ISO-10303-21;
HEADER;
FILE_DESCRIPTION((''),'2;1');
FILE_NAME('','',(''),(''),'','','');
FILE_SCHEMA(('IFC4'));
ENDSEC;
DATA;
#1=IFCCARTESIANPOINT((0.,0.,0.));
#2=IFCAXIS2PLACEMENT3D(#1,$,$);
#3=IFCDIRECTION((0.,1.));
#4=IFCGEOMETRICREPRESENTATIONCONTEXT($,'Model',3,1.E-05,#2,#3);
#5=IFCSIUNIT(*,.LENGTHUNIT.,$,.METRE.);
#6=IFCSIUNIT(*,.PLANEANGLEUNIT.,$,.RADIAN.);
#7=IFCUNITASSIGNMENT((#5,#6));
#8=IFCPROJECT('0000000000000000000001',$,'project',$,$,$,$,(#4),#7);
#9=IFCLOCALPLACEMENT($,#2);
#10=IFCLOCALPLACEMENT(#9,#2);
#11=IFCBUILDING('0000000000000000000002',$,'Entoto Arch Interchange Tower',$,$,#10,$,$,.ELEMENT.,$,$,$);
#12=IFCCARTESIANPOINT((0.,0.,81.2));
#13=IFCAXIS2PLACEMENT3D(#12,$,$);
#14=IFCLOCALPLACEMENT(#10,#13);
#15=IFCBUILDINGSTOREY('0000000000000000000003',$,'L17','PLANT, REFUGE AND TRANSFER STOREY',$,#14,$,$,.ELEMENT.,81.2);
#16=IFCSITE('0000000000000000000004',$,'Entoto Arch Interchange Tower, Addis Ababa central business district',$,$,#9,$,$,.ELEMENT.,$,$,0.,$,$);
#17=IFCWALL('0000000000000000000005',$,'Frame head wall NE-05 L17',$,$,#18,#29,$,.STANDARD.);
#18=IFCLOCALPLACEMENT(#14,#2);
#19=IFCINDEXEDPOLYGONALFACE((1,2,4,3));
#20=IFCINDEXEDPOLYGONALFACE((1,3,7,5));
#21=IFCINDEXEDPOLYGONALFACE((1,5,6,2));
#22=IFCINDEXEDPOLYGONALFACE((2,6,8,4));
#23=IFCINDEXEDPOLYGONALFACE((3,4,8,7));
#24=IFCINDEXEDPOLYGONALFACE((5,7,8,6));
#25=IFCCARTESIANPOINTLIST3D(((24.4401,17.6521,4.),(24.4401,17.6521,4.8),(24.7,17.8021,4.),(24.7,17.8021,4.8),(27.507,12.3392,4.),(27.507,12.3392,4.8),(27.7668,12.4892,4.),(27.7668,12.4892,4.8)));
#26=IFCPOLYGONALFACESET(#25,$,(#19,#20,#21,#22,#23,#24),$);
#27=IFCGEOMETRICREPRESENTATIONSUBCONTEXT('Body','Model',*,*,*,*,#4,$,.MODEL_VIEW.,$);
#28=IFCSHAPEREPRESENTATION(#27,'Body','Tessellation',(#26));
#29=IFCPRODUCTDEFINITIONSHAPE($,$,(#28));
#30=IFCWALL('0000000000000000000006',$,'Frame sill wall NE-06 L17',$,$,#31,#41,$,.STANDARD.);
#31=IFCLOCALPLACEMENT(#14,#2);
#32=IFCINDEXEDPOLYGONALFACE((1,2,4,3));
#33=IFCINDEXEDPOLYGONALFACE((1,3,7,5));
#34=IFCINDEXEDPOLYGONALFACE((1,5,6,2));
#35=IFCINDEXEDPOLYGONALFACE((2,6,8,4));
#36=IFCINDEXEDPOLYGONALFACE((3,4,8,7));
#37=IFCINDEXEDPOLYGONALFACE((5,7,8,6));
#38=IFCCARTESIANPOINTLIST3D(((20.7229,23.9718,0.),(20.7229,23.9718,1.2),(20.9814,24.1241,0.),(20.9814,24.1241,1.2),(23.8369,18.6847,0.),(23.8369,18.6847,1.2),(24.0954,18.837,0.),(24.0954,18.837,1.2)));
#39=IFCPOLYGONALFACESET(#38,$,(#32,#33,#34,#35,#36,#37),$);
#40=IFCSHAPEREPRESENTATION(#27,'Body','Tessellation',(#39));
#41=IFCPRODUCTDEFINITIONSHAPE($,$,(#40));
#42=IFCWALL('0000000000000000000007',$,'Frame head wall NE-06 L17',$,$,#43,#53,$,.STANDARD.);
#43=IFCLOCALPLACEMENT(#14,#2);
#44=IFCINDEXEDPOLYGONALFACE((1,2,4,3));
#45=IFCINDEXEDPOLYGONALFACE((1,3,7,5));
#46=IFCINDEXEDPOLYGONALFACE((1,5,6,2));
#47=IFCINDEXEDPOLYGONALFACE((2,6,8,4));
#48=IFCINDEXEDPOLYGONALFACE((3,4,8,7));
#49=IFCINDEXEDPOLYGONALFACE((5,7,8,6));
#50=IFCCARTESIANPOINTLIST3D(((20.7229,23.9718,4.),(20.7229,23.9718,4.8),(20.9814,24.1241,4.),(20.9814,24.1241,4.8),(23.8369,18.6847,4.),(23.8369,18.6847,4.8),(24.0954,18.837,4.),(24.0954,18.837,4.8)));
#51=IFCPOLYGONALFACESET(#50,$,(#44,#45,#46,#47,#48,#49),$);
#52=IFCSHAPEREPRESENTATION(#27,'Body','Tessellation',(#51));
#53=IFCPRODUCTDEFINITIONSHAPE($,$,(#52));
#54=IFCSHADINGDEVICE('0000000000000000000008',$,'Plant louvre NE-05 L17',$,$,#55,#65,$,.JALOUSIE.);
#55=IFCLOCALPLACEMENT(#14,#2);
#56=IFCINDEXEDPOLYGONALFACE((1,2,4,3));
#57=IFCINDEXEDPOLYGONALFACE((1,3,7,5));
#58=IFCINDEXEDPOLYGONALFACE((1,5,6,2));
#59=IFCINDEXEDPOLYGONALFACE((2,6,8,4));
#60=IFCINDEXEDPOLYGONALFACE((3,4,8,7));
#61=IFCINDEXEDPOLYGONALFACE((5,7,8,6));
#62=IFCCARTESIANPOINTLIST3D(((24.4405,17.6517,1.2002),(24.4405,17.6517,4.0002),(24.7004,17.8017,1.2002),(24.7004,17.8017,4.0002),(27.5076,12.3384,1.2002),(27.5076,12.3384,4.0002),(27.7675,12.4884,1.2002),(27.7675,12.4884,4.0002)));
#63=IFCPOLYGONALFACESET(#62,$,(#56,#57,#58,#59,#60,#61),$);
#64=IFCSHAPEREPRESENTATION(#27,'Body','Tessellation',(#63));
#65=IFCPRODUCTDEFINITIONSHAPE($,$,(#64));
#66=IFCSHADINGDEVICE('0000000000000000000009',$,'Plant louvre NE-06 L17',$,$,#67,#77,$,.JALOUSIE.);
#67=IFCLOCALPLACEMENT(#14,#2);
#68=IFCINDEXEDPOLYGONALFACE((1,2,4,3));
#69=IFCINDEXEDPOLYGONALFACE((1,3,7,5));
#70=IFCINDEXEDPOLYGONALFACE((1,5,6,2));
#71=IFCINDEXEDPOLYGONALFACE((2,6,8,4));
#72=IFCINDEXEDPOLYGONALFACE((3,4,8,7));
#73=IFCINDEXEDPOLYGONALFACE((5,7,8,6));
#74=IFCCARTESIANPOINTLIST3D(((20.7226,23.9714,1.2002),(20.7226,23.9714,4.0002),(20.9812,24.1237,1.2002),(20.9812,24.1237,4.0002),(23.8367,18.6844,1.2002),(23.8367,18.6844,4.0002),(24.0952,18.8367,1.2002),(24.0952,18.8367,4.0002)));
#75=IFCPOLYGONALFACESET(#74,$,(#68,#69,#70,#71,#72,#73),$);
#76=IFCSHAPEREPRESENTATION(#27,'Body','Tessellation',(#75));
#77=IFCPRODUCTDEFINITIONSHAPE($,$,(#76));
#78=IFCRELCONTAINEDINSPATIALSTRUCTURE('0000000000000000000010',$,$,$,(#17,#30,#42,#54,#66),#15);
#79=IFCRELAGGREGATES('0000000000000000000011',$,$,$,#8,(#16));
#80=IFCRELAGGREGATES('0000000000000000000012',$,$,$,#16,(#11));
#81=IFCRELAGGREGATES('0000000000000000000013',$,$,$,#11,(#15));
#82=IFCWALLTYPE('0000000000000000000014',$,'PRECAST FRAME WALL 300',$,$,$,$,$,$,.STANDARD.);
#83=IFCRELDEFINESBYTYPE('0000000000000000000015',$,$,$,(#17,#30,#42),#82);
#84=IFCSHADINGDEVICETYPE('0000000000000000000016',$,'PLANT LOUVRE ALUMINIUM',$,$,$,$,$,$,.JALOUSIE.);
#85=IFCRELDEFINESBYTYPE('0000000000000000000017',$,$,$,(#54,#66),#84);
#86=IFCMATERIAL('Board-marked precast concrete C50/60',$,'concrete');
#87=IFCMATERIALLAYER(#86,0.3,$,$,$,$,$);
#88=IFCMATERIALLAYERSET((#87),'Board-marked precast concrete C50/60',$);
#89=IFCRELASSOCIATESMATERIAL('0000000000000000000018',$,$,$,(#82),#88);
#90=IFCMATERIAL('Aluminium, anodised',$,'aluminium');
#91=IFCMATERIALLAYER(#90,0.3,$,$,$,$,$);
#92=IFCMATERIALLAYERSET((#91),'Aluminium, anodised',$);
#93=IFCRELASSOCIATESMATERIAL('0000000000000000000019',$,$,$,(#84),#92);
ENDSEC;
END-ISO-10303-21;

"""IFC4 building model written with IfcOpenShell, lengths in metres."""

from ifc_helpers import new_model, si_unit, direction, frame, frame_2d, origin, origin_2d, place, context, subcontext, project, spatial, rectangle, extrude, material, layer, layer_set, type_object, element, save


model = new_model("IFC4")

# Units and contexts
model_context = context("Model", 3, precision=1e-05, world=origin(), true_north=direction((0.0, 1.0)))
body_context = subcontext(model_context, "Body", "Model", "MODEL_VIEW")
ifc_project = project(units=[si_unit("LENGTHUNIT", "METRE"), si_unit("PLANEANGLEUNIT", "RADIAN")], contexts=[model_context])

# Site, building, storey
site_placement = place(None, origin())
site = spatial("IfcSite", under=ifc_project, at=site_placement, Name="Entoto Arch Interchange Tower, Addis Ababa central business district", CompositionType="ELEMENT", RefElevation=0.0)
building_placement = place(site_placement, origin())
building = spatial("IfcBuilding", under=site, at=building_placement, Name="Entoto Arch Interchange Tower", CompositionType="ELEMENT")
storey_placement = place(building_placement, frame((0.0, 0.0, 81.2)))
storey = spatial("IfcBuildingStorey", under=building, at=storey_placement, Name="L17", Description="PLANT, REFUGE AND TRANSFER STOREY", CompositionType="ELEMENT", Elevation=81.2)

# Walls
ifc_material_1 = material(Name="Board-marked precast concrete C50/60", Category="concrete")
ifc_layer_1 = layer(ifc_material_1, 0.3)
ifc_layer_set_1 = layer_set([ifc_layer_1], Name="Board-marked precast concrete C50/60")
wall_type_1 = type_object("IfcWallType", Name="PRECAST FRAME WALL 300", PredefinedType="STANDARD", material=ifc_layer_set_1)
wall_1_placement = place(storey_placement, frame((27.637, 12.4141, 4.0), z_axis=(0.0, 0.0, 1.0), x_axis=(-0.499931, 0.866065, 0.0)))
element("IfcWall", 1, at=wall_1_placement, inside=storey, type_object=wall_type_1, Name="Frame head wall NE-05 L17", PredefinedType="STANDARD", context=body_context, shape_type="SweptSolid", body=[
    extrude(rectangle(XDim=6.1345, YDim=0.3, at=frame_2d((3.0674, 0.0))), origin(), (0.0, 0.0, 1.0), 0.8),
])
wall_2_placement = place(storey_placement, frame((23.9661, 18.761, 0.0), z_axis=(0.0, 0.0, 1.0), x_axis=(-0.507498, 0.861653, 0.0)))
element("IfcWall", 2, at=wall_2_placement, inside=storey, type_object=wall_type_1, Name="Frame sill wall NE-06 L17", PredefinedType="STANDARD", context=body_context, shape_type="SweptSolid", body=[
    extrude(rectangle(XDim=6.136, YDim=0.3, at=frame_2d((3.0679, 0.0))), origin(), (0.0, 0.0, 1.0), 1.2),
])
wall_3_placement = place(storey_placement, frame((23.9661, 18.761, 4.0), z_axis=(0.0, 0.0, 1.0), x_axis=(-0.507498, 0.861653, 0.0)))
element("IfcWall", 3, at=wall_3_placement, inside=storey, type_object=wall_type_1, Name="Frame head wall NE-06 L17", PredefinedType="STANDARD", context=body_context, shape_type="SweptSolid", body=[
    extrude(rectangle(XDim=6.136, YDim=0.3, at=frame_2d((3.0679, 0.0))), origin(), (0.0, 0.0, 1.0), 0.8),
])

# Shading devices
ifc_material_2 = material(Name="Aluminium, anodised", Category="aluminium")
ifc_layer_2 = layer(ifc_material_2, 0.3)
ifc_layer_set_2 = layer_set([ifc_layer_2], Name="Aluminium, anodised")
shading_device_type = type_object("IfcShadingDeviceType", Name="PLANT LOUVRE ALUMINIUM", PredefinedType="JALOUSIE", material=ifc_layer_set_2)
shading_device_1_placement = place(storey_placement, frame((26.104, 15.0701, 1.2002), z_axis=(0.0, 0.0, 1.0), x_axis=(-0.49994, 0.86606, 0.0)))
element("IfcShadingDevice", 4, at=shading_device_1_placement, inside=storey, type_object=shading_device_type, Name="Plant louvre NE-05 L17", PredefinedType="JALOUSIE", context=body_context, shape_type="SweptSolid", body=[
    extrude(rectangle(XDim=6.135, YDim=0.3, at=origin_2d()), origin(), (0.0, 0.0, 1.0), 2.8),
])
shading_device_2_placement = place(storey_placement, frame((22.4089, 21.4041, 1.2002), z_axis=(0.0, 0.0, 1.0), x_axis=(-0.507508, 0.861647, 0.0)))
element("IfcShadingDevice", 5, at=shading_device_2_placement, inside=storey, type_object=shading_device_type, Name="Plant louvre NE-06 L17", PredefinedType="JALOUSIE", context=body_context, shape_type="SweptSolid", body=[
    extrude(rectangle(XDim=6.136, YDim=0.3, at=origin_2d()), origin(), (0.0, 0.0, 1.0), 2.8),
])

save(model, "model.ifc")
